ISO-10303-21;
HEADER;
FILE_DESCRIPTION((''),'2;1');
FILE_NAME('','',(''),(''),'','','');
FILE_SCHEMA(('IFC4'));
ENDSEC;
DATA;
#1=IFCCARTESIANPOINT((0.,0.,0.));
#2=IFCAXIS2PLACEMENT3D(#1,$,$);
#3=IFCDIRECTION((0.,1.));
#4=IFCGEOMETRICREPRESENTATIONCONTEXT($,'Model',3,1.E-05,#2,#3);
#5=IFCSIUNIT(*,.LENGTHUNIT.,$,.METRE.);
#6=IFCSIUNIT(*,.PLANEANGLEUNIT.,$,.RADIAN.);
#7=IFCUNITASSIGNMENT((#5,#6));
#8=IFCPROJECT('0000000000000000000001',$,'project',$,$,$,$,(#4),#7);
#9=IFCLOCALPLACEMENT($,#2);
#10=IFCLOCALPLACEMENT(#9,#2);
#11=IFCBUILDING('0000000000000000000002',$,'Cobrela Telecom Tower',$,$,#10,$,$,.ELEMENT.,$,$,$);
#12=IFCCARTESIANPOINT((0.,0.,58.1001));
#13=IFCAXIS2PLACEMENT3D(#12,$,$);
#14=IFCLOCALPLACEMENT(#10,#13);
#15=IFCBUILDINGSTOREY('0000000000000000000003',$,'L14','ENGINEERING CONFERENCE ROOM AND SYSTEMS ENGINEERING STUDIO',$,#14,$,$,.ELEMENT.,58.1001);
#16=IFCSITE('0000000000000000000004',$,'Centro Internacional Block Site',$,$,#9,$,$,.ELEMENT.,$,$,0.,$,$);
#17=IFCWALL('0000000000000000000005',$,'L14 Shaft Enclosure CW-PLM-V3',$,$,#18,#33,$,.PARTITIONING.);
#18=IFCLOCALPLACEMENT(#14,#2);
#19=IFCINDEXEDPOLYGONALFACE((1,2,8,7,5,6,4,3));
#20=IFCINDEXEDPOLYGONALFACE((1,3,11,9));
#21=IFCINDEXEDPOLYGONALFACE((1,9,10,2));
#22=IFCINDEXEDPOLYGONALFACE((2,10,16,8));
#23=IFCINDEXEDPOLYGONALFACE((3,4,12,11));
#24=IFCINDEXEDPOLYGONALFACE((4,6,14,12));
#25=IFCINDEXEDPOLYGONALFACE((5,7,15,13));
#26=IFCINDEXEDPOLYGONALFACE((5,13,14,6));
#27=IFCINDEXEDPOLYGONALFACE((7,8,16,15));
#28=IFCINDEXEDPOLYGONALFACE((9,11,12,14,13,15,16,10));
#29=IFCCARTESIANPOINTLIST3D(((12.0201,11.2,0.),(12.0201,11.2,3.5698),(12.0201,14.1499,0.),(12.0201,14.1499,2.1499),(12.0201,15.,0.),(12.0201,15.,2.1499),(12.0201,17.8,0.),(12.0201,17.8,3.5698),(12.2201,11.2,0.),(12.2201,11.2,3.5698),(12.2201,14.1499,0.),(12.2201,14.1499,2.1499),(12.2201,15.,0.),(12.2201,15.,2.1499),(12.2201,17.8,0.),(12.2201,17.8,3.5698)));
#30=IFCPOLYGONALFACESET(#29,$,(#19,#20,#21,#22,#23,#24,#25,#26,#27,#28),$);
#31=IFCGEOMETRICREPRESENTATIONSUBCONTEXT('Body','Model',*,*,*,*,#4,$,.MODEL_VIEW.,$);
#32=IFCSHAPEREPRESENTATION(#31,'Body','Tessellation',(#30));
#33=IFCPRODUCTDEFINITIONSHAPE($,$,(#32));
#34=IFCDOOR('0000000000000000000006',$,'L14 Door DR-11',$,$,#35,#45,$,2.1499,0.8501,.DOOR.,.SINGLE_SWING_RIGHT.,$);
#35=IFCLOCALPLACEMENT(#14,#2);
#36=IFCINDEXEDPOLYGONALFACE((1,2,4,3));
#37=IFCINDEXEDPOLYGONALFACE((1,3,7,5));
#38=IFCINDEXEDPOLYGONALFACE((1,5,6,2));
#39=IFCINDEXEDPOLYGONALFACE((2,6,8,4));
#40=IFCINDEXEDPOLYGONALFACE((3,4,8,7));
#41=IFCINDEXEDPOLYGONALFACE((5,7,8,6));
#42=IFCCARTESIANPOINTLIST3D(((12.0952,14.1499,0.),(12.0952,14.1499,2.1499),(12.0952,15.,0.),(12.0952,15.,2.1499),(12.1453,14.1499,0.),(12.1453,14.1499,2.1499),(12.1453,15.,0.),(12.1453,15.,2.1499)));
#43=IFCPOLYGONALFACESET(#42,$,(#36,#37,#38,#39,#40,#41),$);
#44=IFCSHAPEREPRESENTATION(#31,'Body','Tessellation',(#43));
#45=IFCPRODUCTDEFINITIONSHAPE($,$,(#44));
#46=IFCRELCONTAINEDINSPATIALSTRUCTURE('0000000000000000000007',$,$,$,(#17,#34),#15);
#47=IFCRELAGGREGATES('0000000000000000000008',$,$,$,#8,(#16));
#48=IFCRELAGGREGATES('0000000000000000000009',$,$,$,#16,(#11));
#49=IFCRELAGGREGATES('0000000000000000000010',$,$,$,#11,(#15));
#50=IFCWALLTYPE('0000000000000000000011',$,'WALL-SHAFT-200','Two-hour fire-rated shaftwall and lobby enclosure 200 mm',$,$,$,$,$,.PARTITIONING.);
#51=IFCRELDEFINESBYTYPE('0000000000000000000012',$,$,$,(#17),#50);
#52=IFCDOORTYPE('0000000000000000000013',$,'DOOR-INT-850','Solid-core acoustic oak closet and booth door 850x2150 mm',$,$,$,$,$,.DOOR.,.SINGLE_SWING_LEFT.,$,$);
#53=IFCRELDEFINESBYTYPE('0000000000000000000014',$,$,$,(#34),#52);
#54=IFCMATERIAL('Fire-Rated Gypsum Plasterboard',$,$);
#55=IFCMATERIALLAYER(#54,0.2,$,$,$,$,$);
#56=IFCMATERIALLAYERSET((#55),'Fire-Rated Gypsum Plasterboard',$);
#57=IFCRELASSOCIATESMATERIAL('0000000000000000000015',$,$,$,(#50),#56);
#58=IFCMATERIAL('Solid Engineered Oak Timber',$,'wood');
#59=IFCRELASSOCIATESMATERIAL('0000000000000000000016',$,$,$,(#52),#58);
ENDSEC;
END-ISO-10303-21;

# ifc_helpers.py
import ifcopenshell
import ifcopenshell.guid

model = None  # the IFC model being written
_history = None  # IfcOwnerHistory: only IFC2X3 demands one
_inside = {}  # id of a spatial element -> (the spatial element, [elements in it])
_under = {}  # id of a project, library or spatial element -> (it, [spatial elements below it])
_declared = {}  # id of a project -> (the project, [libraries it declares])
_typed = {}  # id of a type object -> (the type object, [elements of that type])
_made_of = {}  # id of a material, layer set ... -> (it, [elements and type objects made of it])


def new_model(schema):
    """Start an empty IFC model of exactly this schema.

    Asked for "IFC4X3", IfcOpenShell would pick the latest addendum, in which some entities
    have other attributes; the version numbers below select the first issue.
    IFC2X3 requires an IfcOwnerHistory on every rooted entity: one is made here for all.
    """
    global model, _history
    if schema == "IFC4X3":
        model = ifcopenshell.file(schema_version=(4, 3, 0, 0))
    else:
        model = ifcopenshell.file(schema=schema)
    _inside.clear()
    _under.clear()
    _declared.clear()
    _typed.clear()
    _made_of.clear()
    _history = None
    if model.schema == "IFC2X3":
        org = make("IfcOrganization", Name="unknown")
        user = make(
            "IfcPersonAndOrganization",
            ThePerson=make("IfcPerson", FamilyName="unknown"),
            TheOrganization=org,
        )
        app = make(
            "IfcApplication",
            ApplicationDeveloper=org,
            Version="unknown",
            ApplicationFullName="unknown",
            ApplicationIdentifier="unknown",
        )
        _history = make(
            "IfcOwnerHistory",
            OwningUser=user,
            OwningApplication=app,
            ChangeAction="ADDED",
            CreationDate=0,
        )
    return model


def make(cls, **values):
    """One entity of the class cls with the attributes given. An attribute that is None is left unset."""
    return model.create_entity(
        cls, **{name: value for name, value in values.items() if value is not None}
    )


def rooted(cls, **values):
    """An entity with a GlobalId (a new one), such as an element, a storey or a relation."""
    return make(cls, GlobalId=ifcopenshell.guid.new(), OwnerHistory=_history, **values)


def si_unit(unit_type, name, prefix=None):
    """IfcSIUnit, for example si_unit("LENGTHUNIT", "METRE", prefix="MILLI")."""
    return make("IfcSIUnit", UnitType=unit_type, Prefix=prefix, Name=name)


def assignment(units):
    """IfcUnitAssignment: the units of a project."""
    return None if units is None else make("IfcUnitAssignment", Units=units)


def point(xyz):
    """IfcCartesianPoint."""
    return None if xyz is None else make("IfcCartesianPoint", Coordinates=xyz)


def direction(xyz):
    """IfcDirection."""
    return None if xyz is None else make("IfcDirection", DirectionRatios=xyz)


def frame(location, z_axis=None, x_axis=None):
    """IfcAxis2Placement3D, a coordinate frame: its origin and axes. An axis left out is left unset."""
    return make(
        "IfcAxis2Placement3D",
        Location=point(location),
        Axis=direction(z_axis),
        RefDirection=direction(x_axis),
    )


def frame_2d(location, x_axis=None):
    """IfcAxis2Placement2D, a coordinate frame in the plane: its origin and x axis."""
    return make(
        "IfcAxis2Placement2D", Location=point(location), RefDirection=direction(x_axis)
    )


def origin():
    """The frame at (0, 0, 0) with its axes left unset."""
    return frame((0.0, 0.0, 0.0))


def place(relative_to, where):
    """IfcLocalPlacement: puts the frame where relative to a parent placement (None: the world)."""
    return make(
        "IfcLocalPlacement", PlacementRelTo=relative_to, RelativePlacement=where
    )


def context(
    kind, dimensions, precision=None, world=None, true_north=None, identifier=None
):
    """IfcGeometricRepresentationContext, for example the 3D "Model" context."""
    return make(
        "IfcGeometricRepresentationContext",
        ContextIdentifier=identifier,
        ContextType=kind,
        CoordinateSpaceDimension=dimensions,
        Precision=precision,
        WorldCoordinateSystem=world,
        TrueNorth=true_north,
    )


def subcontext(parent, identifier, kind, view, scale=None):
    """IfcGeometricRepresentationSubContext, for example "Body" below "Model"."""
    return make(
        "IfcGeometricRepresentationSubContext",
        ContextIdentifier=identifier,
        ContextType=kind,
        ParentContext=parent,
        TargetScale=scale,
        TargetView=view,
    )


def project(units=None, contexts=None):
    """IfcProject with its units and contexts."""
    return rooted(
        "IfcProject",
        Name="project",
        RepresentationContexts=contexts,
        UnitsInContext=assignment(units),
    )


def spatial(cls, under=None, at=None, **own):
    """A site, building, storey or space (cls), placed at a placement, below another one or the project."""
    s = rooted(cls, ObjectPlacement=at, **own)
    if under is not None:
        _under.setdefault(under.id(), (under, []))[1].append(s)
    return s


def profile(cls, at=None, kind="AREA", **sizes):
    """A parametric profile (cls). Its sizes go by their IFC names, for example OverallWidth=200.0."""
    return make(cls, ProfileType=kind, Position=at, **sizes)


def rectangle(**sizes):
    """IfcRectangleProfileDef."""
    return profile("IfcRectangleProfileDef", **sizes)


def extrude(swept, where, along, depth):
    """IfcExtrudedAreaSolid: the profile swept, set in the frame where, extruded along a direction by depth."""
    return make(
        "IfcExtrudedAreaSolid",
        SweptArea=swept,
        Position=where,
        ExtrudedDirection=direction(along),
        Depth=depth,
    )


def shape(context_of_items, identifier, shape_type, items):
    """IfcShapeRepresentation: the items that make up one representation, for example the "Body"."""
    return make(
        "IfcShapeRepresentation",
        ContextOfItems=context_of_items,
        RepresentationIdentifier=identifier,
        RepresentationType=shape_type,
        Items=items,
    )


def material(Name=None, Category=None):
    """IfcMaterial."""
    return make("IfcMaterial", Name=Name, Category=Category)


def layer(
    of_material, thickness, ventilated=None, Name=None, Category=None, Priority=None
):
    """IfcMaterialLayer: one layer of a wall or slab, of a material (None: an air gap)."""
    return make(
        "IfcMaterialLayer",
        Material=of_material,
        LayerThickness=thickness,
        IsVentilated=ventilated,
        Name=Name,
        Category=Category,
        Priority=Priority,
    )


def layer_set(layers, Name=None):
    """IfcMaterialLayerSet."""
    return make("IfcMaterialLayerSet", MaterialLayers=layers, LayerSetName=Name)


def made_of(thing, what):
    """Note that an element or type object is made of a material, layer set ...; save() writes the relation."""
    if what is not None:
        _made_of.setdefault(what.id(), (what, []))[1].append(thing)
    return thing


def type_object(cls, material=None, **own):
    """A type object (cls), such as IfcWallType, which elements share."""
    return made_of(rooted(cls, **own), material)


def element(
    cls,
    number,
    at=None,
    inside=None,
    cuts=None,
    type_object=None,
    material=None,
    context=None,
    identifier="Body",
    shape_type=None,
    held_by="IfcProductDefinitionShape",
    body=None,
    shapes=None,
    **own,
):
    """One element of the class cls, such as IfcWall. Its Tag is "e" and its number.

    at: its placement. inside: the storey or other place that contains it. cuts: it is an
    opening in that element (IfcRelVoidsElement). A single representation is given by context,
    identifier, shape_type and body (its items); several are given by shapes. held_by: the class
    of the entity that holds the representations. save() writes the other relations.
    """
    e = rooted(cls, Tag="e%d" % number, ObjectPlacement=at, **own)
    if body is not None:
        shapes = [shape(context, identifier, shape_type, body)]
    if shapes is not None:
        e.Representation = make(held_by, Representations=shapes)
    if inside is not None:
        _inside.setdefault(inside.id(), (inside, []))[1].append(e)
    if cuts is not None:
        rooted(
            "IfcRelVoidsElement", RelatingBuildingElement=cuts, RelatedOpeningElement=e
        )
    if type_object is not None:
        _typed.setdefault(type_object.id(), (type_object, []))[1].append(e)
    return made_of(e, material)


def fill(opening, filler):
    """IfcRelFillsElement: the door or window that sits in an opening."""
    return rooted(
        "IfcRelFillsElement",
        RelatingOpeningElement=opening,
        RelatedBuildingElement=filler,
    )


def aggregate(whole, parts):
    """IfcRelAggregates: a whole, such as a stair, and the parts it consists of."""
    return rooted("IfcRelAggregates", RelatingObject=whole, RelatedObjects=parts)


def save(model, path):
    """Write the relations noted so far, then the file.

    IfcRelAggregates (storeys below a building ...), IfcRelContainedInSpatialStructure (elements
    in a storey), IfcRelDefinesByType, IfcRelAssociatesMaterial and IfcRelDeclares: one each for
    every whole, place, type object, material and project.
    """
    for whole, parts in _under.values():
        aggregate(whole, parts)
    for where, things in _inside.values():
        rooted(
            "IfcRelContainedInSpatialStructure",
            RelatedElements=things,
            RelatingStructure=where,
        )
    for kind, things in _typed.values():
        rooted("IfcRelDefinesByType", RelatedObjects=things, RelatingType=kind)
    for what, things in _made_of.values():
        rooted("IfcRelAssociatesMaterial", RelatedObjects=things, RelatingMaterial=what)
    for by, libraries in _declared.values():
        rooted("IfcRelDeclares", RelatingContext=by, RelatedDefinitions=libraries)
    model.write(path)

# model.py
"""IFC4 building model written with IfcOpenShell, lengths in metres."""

from ifc_helpers import new_model, si_unit, direction, frame, frame_2d, origin, place, context, subcontext, project, spatial, rectangle, extrude, material, layer, layer_set, type_object, element, fill, save


model = new_model("IFC4")

# Units and contexts
model_context = context("Model", 3, precision=1e-05, world=origin(), true_north=direction((0.0, 1.0)))
body_context = subcontext(model_context, "Body", "Model", "MODEL_VIEW")
ifc_project = project(units=[si_unit("LENGTHUNIT", "METRE"), si_unit("PLANEANGLEUNIT", "RADIAN")], contexts=[model_context])

# Site, building, storey
site_placement = place(None, origin())
site = spatial("IfcSite", under=ifc_project, at=site_placement, Name="Centro Internacional Block Site", CompositionType="ELEMENT", RefElevation=0.0)
building_placement = place(site_placement, origin())
building = spatial("IfcBuilding", under=site, at=building_placement, Name="Cobrela Telecom Tower", CompositionType="ELEMENT")
storey_placement = place(building_placement, frame((0.0, 0.0, 58.1001)))
storey = spatial("IfcBuildingStorey", under=building, at=storey_placement, Name="L14", Description="ENGINEERING CONFERENCE ROOM AND SYSTEMS ENGINEERING STUDIO", CompositionType="ELEMENT", Elevation=58.1001)

# Shared definitions
ifc_material_1 = material(Name="Fire-Rated Gypsum Plasterboard")
ifc_material_2 = material(Name="Solid Engineered Oak Timber", Category="wood")

# Shared definitions
ifc_layer_1 = layer(ifc_material_1, 0.2)
ifc_layer_set_1 = layer_set([ifc_layer_1], Name="Fire-Rated Gypsum Plasterboard")
wall_type_1 = type_object("IfcWallType", Name="WALL-SHAFT-200", Description="Two-hour fire-rated shaftwall and lobby enclosure 200 mm", PredefinedType="PARTITIONING", material=ifc_layer_set_1)

# Wall, opening, door
wall_1_placement = place(storey_placement, frame((12.1201, 11.2, 0.0), z_axis=(0.0, 0.0, 1.0), x_axis=(0.0, 1.0, 0.0)))
wall_1 = element("IfcWall", 1, at=wall_1_placement, inside=storey, type_object=wall_type_1, Name="L14 Shaft Enclosure CW-PLM-V3", PredefinedType="PARTITIONING", context=body_context, shape_type="SweptSolid", body=[
    extrude(rectangle(XDim=6.6001, YDim=0.2, at=frame_2d((3.3, 0.0))), origin(), (0.0, 0.0, 1.0), 3.5698),
])
opening_1_placement = place(wall_1_placement, frame((2.95, 0.0, 0.0)))
opening_1 = element("IfcOpeningElement", 2, at=opening_1_placement, cuts=wall_1, PredefinedType="OPENING", context=body_context, shape_type="SweptSolid", body=[
    extrude(rectangle(XDim=0.8501, YDim=2.1499, at=frame_2d((0.425, 1.075))), frame((0.0, 0.1118, 0.0), z_axis=(0.0, -1.0, 0.0), x_axis=(1.0, 0.0, 0.0)), (0.0, 0.0, 1.0), 0.2239),
])
door_type_1 = type_object("IfcDoorType", Name="DOOR-INT-850", Description="Solid-core acoustic oak closet and booth door 850x2150 mm", OperationType="SINGLE_SWING_LEFT", PredefinedType="DOOR", material=ifc_material_2)
door_1_placement = place(opening_1_placement, origin())
door_1 = element("IfcDoor", 3, at=door_1_placement, inside=storey, type_object=door_type_1, Name="L14 Door DR-11", OperationType="SINGLE_SWING_RIGHT", OverallHeight=2.1499, OverallWidth=0.8501, PredefinedType="DOOR", context=body_context, shape_type="SweptSolid", body=[
    extrude(rectangle(XDim=0.8501, YDim=2.1499, at=frame_2d((0.425, 1.075))), frame((0.0, 0.0249, 0.0), z_axis=(0.0, -1.0, 0.0), x_axis=(1.0, 0.0, 0.0)), (0.0, 0.0, 1.0), 0.05),
])
fill(opening_1, door_1)

save(model, "model.ifc")
